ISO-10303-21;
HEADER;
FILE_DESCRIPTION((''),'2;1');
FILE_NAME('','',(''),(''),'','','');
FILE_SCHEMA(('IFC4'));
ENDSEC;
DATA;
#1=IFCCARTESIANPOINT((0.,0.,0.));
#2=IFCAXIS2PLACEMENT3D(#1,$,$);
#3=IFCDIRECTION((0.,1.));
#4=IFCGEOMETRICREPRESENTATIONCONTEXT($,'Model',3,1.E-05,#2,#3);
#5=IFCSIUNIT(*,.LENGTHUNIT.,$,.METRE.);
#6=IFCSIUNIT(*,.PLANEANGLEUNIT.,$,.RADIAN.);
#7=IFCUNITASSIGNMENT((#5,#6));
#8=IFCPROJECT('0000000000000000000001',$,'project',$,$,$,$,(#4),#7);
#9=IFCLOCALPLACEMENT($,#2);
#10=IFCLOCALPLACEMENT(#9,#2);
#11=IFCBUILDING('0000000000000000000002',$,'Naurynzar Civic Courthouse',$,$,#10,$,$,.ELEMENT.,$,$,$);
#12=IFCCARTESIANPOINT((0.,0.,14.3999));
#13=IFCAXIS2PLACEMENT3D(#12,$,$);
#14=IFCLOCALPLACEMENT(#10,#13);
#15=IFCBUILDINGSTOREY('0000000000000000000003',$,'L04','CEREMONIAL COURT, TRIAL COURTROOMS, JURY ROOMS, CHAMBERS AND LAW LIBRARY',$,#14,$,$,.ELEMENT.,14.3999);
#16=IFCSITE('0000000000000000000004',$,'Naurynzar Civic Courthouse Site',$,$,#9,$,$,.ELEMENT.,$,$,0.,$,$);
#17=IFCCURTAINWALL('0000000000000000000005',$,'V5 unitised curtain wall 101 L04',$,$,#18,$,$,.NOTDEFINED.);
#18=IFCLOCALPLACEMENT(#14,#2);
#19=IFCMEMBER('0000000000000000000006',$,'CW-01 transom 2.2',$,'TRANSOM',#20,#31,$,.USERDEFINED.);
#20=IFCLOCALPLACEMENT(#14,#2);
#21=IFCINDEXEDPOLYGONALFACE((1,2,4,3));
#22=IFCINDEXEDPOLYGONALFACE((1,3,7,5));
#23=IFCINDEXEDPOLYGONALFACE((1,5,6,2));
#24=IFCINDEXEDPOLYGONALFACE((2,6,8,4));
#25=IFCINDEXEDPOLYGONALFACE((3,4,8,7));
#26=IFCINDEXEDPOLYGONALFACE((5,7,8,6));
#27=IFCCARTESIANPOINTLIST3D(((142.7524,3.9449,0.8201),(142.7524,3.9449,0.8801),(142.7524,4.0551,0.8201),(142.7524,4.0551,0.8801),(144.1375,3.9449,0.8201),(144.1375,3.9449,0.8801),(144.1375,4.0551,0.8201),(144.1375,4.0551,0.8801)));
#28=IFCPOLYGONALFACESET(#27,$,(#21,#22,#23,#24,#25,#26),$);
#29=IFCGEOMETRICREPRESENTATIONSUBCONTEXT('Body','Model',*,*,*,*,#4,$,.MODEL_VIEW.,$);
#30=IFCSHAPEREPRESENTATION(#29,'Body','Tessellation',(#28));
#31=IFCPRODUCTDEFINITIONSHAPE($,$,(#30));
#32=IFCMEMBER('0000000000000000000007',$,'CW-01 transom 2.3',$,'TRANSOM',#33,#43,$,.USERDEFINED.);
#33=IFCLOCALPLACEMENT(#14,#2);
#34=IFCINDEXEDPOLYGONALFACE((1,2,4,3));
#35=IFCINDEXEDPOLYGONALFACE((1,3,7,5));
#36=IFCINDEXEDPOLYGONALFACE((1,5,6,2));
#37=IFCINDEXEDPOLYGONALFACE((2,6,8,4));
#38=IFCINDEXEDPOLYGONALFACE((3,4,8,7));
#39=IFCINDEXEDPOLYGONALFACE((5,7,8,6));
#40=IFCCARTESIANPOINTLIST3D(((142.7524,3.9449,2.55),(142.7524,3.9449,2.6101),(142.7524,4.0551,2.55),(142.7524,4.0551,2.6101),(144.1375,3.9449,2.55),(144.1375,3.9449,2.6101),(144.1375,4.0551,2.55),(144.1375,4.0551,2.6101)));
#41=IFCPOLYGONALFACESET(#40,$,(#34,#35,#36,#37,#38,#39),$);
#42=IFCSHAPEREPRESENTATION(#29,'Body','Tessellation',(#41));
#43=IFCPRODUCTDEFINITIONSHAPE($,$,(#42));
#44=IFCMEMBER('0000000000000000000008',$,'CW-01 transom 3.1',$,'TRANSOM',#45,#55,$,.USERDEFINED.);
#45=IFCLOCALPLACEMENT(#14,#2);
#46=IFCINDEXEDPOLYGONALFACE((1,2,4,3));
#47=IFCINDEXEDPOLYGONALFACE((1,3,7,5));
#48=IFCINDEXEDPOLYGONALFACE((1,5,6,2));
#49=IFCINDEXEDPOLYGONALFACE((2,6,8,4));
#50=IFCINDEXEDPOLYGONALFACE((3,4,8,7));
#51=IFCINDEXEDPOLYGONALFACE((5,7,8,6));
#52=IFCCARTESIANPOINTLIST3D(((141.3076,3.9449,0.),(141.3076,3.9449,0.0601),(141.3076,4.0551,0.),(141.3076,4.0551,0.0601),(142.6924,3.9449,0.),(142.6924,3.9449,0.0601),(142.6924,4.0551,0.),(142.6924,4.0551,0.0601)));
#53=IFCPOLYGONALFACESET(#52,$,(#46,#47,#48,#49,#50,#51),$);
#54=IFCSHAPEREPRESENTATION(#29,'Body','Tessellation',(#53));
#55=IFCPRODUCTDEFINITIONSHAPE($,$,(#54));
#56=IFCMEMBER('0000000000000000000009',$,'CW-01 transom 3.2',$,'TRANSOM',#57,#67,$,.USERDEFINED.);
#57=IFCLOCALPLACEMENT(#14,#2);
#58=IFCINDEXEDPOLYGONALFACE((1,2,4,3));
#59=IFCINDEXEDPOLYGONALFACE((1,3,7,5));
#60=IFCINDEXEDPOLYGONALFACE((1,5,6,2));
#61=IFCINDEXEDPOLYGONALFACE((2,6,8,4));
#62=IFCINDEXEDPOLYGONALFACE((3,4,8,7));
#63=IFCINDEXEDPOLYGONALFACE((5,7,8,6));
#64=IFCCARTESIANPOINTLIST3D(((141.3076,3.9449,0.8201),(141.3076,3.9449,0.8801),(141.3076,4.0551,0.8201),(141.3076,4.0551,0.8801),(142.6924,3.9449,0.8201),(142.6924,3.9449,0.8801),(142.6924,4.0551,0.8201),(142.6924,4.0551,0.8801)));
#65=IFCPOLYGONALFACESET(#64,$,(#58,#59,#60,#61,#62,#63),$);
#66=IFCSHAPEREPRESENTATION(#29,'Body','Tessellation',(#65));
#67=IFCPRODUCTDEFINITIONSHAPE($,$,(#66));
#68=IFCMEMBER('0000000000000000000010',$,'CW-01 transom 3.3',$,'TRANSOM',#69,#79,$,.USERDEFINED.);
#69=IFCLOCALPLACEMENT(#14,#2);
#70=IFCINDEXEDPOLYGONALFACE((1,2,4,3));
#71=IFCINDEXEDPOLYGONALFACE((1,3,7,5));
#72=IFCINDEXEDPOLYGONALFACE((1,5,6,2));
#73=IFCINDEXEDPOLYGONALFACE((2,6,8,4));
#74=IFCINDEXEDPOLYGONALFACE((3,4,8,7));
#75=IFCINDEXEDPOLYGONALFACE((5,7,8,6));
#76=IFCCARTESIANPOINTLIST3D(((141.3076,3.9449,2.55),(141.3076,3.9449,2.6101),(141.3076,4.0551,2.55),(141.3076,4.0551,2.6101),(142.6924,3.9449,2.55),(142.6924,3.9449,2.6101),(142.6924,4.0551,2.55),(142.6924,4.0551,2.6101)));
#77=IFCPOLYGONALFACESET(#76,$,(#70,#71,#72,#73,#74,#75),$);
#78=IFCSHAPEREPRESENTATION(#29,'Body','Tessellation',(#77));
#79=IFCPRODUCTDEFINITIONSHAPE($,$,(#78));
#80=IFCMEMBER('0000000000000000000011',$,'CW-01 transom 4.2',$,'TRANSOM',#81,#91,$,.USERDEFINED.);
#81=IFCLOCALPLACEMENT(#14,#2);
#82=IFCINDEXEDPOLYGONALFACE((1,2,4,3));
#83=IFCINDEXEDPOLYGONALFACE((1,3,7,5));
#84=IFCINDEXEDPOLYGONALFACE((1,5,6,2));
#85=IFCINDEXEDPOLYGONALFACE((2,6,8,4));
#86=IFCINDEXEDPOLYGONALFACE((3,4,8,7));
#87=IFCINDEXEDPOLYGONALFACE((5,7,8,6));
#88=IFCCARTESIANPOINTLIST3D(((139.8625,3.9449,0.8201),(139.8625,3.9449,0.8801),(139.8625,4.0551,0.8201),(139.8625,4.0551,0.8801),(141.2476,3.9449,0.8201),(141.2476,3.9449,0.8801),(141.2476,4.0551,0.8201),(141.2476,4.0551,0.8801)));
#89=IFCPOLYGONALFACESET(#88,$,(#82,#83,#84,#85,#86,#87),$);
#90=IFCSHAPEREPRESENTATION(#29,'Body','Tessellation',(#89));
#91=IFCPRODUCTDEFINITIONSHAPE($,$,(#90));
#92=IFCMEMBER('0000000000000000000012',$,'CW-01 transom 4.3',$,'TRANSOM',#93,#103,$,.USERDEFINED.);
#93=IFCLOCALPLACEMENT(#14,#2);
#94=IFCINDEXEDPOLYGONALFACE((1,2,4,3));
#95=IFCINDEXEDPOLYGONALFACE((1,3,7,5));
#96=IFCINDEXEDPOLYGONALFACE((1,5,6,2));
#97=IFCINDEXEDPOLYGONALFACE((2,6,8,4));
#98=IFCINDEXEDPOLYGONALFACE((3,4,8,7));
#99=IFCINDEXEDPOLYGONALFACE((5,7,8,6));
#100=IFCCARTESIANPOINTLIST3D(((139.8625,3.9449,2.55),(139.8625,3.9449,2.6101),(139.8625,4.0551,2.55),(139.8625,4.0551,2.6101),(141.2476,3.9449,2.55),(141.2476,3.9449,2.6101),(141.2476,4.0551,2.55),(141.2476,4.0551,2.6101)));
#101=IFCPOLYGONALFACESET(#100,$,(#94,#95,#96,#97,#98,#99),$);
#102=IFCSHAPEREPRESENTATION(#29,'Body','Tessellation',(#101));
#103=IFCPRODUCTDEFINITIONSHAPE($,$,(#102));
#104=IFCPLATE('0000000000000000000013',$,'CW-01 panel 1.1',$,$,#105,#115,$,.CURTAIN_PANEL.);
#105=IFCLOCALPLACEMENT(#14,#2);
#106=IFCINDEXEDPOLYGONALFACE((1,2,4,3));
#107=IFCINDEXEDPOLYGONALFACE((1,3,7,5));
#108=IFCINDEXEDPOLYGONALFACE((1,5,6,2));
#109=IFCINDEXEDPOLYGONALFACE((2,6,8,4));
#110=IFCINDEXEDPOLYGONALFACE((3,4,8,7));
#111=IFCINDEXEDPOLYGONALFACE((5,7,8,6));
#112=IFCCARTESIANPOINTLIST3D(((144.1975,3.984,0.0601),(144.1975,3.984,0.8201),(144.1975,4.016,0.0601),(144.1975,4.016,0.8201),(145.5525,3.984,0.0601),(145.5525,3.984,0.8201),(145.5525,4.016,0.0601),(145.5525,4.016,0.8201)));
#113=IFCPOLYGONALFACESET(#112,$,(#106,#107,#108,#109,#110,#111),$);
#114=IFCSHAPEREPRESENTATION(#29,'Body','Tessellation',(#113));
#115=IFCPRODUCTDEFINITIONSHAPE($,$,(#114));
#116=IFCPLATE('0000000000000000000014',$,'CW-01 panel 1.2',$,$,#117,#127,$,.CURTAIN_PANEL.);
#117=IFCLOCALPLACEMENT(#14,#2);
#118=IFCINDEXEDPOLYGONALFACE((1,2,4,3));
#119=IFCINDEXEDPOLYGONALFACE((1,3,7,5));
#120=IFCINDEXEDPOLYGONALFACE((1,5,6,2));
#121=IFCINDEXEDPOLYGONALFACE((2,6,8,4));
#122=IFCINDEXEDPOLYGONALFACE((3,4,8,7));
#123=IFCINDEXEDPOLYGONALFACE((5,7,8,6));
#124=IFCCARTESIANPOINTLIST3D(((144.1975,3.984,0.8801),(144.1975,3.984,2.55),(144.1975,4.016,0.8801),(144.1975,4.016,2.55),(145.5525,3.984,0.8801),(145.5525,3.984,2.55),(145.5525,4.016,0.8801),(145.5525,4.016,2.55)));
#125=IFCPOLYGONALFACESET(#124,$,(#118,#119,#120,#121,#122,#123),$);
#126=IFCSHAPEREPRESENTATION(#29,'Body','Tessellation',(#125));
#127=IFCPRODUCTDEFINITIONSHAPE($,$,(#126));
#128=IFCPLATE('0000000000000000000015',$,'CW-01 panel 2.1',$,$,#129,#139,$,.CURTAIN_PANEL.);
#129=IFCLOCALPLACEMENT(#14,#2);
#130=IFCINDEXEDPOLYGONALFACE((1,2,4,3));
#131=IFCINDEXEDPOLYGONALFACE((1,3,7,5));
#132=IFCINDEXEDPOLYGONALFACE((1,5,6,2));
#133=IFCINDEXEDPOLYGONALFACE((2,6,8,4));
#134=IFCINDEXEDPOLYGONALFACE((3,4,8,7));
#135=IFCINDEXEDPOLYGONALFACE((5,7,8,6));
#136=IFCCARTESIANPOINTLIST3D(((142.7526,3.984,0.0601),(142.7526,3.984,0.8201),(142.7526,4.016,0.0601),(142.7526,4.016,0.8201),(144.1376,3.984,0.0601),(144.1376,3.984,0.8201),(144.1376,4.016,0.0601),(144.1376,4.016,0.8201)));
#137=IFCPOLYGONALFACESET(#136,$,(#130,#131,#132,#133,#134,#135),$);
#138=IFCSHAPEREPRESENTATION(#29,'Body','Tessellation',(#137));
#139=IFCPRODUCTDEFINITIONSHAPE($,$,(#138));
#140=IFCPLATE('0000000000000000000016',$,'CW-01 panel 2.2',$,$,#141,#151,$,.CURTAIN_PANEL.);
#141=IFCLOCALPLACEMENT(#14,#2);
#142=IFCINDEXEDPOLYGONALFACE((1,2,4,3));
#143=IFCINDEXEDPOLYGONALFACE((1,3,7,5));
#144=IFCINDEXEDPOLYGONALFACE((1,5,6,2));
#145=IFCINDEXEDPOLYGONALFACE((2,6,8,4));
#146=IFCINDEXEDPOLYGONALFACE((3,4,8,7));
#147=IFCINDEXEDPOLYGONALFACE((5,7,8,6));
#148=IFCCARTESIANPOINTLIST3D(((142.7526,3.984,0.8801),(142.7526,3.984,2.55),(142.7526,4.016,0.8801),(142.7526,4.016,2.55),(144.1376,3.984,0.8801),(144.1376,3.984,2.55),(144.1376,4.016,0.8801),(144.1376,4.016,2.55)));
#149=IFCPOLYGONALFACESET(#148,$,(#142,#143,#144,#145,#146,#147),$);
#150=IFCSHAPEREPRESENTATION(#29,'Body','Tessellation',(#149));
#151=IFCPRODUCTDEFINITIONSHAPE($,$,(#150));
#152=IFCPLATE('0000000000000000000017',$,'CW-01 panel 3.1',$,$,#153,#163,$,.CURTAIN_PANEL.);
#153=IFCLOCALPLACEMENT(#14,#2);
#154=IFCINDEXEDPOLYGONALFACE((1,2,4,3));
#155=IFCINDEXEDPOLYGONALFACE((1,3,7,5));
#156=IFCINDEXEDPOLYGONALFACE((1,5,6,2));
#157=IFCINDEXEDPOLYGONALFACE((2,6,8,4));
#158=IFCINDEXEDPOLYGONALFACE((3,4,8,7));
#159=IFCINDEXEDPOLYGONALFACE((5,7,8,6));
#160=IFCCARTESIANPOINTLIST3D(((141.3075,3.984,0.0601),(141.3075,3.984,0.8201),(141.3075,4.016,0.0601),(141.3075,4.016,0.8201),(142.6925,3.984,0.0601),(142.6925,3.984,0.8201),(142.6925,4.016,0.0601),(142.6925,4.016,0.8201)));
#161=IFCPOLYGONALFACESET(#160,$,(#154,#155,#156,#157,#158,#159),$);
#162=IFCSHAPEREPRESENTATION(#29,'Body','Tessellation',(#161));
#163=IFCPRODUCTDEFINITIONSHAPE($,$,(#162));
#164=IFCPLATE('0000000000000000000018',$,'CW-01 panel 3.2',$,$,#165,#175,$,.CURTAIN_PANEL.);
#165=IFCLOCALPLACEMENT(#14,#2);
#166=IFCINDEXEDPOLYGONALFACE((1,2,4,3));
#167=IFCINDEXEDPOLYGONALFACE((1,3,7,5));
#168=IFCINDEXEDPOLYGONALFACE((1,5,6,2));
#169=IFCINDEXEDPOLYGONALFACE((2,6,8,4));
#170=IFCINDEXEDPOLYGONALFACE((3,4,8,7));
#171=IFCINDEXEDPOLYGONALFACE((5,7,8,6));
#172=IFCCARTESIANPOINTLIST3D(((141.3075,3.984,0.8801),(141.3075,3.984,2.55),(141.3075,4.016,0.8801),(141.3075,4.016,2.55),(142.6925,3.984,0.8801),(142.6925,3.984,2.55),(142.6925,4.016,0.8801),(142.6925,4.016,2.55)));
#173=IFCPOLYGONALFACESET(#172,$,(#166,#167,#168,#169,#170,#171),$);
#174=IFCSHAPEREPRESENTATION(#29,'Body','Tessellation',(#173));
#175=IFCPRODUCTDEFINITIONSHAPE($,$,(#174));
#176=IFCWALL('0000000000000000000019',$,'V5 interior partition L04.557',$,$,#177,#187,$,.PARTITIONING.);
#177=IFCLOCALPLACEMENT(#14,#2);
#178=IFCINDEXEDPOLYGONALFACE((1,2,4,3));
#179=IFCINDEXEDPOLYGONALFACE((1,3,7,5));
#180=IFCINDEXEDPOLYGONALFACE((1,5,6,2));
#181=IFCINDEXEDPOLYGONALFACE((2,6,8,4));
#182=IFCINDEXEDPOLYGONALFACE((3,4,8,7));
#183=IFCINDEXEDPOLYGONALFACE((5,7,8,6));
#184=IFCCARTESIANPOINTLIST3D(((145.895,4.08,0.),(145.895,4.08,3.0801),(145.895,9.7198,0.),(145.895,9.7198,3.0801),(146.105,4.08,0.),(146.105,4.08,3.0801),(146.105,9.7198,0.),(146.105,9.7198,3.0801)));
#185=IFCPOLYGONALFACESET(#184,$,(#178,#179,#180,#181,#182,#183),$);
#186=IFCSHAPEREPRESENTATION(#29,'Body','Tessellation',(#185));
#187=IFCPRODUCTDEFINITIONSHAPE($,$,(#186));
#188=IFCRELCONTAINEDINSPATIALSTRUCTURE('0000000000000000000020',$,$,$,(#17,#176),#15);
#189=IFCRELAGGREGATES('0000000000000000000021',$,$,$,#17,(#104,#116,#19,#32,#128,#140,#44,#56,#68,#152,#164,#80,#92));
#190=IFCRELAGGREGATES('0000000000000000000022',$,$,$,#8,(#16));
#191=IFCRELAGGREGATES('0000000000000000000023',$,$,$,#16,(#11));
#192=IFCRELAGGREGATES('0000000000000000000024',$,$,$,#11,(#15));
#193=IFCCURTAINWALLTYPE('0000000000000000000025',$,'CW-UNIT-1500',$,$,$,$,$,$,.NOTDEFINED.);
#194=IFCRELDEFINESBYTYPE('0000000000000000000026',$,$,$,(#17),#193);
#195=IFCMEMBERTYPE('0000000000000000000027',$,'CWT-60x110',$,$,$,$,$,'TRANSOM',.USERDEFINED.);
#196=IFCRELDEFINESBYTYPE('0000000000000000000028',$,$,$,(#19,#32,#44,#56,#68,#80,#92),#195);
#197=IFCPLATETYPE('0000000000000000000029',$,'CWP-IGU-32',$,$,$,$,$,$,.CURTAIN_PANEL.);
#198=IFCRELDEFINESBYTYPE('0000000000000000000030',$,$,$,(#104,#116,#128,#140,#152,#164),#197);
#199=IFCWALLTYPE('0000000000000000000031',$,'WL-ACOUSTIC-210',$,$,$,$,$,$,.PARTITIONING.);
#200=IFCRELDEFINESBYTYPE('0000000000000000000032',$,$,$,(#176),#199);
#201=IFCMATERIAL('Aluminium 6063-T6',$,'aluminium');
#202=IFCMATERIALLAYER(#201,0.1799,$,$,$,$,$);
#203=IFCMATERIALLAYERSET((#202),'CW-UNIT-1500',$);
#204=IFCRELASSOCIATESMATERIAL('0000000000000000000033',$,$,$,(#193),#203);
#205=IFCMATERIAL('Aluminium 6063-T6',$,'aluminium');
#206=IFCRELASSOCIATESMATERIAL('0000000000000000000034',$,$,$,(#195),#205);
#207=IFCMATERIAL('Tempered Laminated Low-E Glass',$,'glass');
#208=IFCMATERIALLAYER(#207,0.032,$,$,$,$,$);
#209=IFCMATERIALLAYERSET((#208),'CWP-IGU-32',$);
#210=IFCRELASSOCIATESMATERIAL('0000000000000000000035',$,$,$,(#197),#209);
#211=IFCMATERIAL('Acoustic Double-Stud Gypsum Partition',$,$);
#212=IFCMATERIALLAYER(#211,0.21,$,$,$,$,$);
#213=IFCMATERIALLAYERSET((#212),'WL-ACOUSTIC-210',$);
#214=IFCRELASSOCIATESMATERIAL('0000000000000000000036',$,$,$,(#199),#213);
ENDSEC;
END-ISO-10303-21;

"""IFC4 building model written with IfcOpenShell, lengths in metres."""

from ifc_helpers import new_model, si_unit, direction, frame, frame_2d, origin, origin_2d, place, context, subcontext, project, spatial, rectangle, extrude, material, layer, layer_set, material_profile, profile_set, type_object, element, aggregate, save


model = new_model("IFC4")

# Units and contexts
model_context = context("Model", 3, precision=1e-05, world=origin(), true_north=direction((0.0, 1.0)))
body_context = subcontext(model_context, "Body", "Model", "MODEL_VIEW")
ifc_project = project(units=[si_unit("LENGTHUNIT", "METRE"), si_unit("PLANEANGLEUNIT", "RADIAN")], contexts=[model_context])

# Site, building, storey
site_placement = place(None, origin())
site = spatial("IfcSite", under=ifc_project, at=site_placement, Name="Naurynzar Civic Courthouse Site", CompositionType="ELEMENT", RefElevation=0.0)
building_placement = place(site_placement, origin())
building = spatial("IfcBuilding", under=site, at=building_placement, Name="Naurynzar Civic Courthouse", CompositionType="ELEMENT")
storey_placement = place(building_placement, frame((0.0, 0.0, 14.3999)))
storey = spatial("IfcBuildingStorey", under=building, at=storey_placement, Name="L04", Description="CEREMONIAL COURT, TRIAL COURTROOMS, JURY ROOMS, CHAMBERS AND LAW LIBRARY", CompositionType="ELEMENT", Elevation=14.3999)

# Curtain wall, members, plates
ifc_material_1 = material(Name="Aluminium 6063-T6", Category="aluminium")
ifc_layer_1 = layer(ifc_material_1, 0.1799)
ifc_layer_set_1 = layer_set([ifc_layer_1], Name="CW-UNIT-1500")
curtain_wall_type = type_object("IfcCurtainWallType", Name="CW-UNIT-1500", PredefinedType="NOTDEFINED", material=ifc_layer_set_1)
curtain_wall_placement = place(storey_placement, origin())
curtain_wall = element("IfcCurtainWall", 1, at=curtain_wall_placement, inside=storey, type_object=curtain_wall_type, Name="V5 unitised curtain wall 101 L04", PredefinedType="NOTDEFINED")
ifc_material_2 = material(Name="Aluminium 6063-T6", Category="aluminium")
ifc_material_profile_1 = material_profile(ifc_material_2, rectangle(XDim=0.1101, YDim=0.0601, at=origin_2d()), Name="ALU TRANSOM 60x110")
ifc_profile_set_1 = profile_set([ifc_material_profile_1], Name="Aluminium 6063-T6")
member_type_1 = type_object("IfcMemberType", Name="CWT-60x110", ElementType="TRANSOM", PredefinedType="USERDEFINED", material=ifc_profile_set_1)
member_1_placement = place(storey_placement, frame((144.1375, 4.0, 0.8501), z_axis=(-1.0, 0.0, 0.0), x_axis=(0.0, -1.0, 0.0)))
member_1 = element("IfcMember", 2, at=member_1_placement, type_object=member_type_1, Name="CW-01 transom 2.2", ObjectType="TRANSOM", PredefinedType="USERDEFINED", context=body_context, shape_type="SweptSolid", body=[
    extrude(rectangle(XDim=0.1101, YDim=0.0601, at=origin_2d()), origin(), (0.0, 0.0, 1.0), 1.385),
])
member_2_placement = place(storey_placement, frame((144.1375, 4.0, 2.5801), z_axis=(-1.0, 0.0, 0.0), x_axis=(0.0, -1.0, 0.0)))
member_2 = element("IfcMember", 3, at=member_2_placement, type_object=member_type_1, Name="CW-01 transom 2.3", ObjectType="TRANSOM", PredefinedType="USERDEFINED", context=body_context, shape_type="SweptSolid", body=[
    extrude(rectangle(XDim=0.1101, YDim=0.0601, at=origin_2d()), origin(), (0.0, 0.0, 1.0), 1.385),
])
member_3_placement = place(storey_placement, frame((142.6924, 4.0, 0.03), z_axis=(-1.0, 0.0, 0.0), x_axis=(0.0, -1.0, 0.0)))
member_3 = element("IfcMember", 4, at=member_3_placement, type_object=member_type_1, Name="CW-01 transom 3.1", ObjectType="TRANSOM", PredefinedType="USERDEFINED", context=body_context, shape_type="SweptSolid", body=[
    extrude(rectangle(XDim=0.1101, YDim=0.0601, at=origin_2d()), origin(), (0.0, 0.0, 1.0), 1.3848),
])
member_4_placement = place(storey_placement, frame((142.6924, 4.0, 0.8501), z_axis=(-1.0, 0.0, 0.0), x_axis=(0.0, -1.0, 0.0)))
member_4 = element("IfcMember", 5, at=member_4_placement, type_object=member_type_1, Name="CW-01 transom 3.2", ObjectType="TRANSOM", PredefinedType="USERDEFINED", context=body_context, shape_type="SweptSolid", body=[
    extrude(rectangle(XDim=0.1101, YDim=0.0601, at=origin_2d()), origin(), (0.0, 0.0, 1.0), 1.3848),
])
member_5_placement = place(storey_placement, frame((142.6924, 4.0, 2.5801), z_axis=(-1.0, 0.0, 0.0), x_axis=(0.0, -1.0, 0.0)))
member_5 = element("IfcMember", 6, at=member_5_placement, type_object=member_type_1, Name="CW-01 transom 3.3", ObjectType="TRANSOM", PredefinedType="USERDEFINED", context=body_context, shape_type="SweptSolid", body=[
    extrude(rectangle(XDim=0.1101, YDim=0.0601, at=origin_2d()), origin(), (0.0, 0.0, 1.0), 1.3848),
])
member_6_placement = place(storey_placement, frame((141.2476, 4.0, 0.8501), z_axis=(-1.0, 0.0, 0.0), x_axis=(0.0, -1.0, 0.0)))
member_6 = element("IfcMember", 7, at=member_6_placement, type_object=member_type_1, Name="CW-01 transom 4.2", ObjectType="TRANSOM", PredefinedType="USERDEFINED", context=body_context, shape_type="SweptSolid", body=[
    extrude(rectangle(XDim=0.1101, YDim=0.0601, at=origin_2d()), origin(), (0.0, 0.0, 1.0), 1.385),
])
member_7_placement = place(storey_placement, frame((141.2476, 4.0, 2.5801), z_axis=(-1.0, 0.0, 0.0), x_axis=(0.0, -1.0, 0.0)))
member_7 = element("IfcMember", 8, at=member_7_placement, type_object=member_type_1, Name="CW-01 transom 4.3", ObjectType="TRANSOM", PredefinedType="USERDEFINED", context=body_context, shape_type="SweptSolid", body=[
    extrude(rectangle(XDim=0.1101, YDim=0.0601, at=origin_2d()), origin(), (0.0, 0.0, 1.0), 1.385),
])
ifc_material_3 = material(Name="Tempered Laminated Low-E Glass", Category="glass")
ifc_layer_2 = layer(ifc_material_3, 0.032)
ifc_layer_set_2 = layer_set([ifc_layer_2], Name="CWP-IGU-32")
plate_type = type_object("IfcPlateType", Name="CWP-IGU-32", PredefinedType="CURTAIN_PANEL", material=ifc_layer_set_2)
plate_1_placement = place(storey_placement, frame((144.875, 4.0, 0.0601), z_axis=(0.0, 0.0, 1.0), x_axis=(-1.0, 0.0, 0.0)))
plate_1 = element("IfcPlate", 9, at=plate_1_placement, type_object=plate_type, Name="CW-01 panel 1.1", PredefinedType="CURTAIN_PANEL", context=body_context, shape_type="SweptSolid", body=[
    extrude(rectangle(XDim=1.355, YDim=0.032, at=origin_2d()), origin(), (0.0, 0.0, 1.0), 0.76),
])
plate_2_placement = place(storey_placement, frame((144.875, 4.0, 0.8801), z_axis=(0.0, 0.0, 1.0), x_axis=(-1.0, 0.0, 0.0)))
plate_2 = element("IfcPlate", 10, at=plate_2_placement, type_object=plate_type, Name="CW-01 panel 1.2", PredefinedType="CURTAIN_PANEL", context=body_context, shape_type="SweptSolid", body=[
    extrude(rectangle(XDim=1.355, YDim=0.032, at=origin_2d()), origin(), (0.0, 0.0, 1.0), 1.6699),
])
plate_3_placement = place(storey_placement, frame((143.4451, 4.0, 0.0601), z_axis=(0.0, 0.0, 1.0), x_axis=(-1.0, 0.0, 0.0)))
plate_3 = element("IfcPlate", 11, at=plate_3_placement, type_object=plate_type, Name="CW-01 panel 2.1", PredefinedType="CURTAIN_PANEL", context=body_context, shape_type="SweptSolid", body=[
    extrude(rectangle(XDim=1.385, YDim=0.032, at=origin_2d()), origin(), (0.0, 0.0, 1.0), 0.76),
])
plate_4_placement = place(storey_placement, frame((143.4451, 4.0, 0.8801), z_axis=(0.0, 0.0, 1.0), x_axis=(-1.0, 0.0, 0.0)))
plate_4 = element("IfcPlate", 12, at=plate_4_placement, type_object=plate_type, Name="CW-01 panel 2.2", PredefinedType="CURTAIN_PANEL", context=body_context, shape_type="SweptSolid", body=[
    extrude(rectangle(XDim=1.385, YDim=0.032, at=origin_2d()), origin(), (0.0, 0.0, 1.0), 1.6699),
])
plate_5_placement = place(storey_placement, frame((142.0, 4.0, 0.0601), z_axis=(0.0, 0.0, 1.0), x_axis=(-1.0, 0.0, 0.0)))
plate_5 = element("IfcPlate", 13, at=plate_5_placement, type_object=plate_type, Name="CW-01 panel 3.1", PredefinedType="CURTAIN_PANEL", context=body_context, shape_type="SweptSolid", body=[
    extrude(rectangle(XDim=1.385, YDim=0.032, at=origin_2d()), origin(), (0.0, 0.0, 1.0), 0.76),
])
plate_6_placement = place(storey_placement, frame((142.0, 4.0, 0.8801), z_axis=(0.0, 0.0, 1.0), x_axis=(-1.0, 0.0, 0.0)))
plate_6 = element("IfcPlate", 14, at=plate_6_placement, type_object=plate_type, Name="CW-01 panel 3.2", PredefinedType="CURTAIN_PANEL", context=body_context, shape_type="SweptSolid", body=[
    extrude(rectangle(XDim=1.385, YDim=0.032, at=origin_2d()), origin(), (0.0, 0.0, 1.0), 1.6699),
])
aggregate(curtain_wall, [plate_1, plate_2, member_1, member_2, plate_3, plate_4, member_3, member_4, member_5, plate_5, plate_6, member_6, member_7])

# Wall
ifc_material_4 = material(Name="Acoustic Double-Stud Gypsum Partition")
ifc_layer_3 = layer(ifc_material_4, 0.21)
ifc_layer_set_3 = layer_set([ifc_layer_3], Name="WL-ACOUSTIC-210")
wall_type_1 = type_object("IfcWallType", Name="WL-ACOUSTIC-210", PredefinedType="PARTITIONING", material=ifc_layer_set_3)
wall_1_placement = place(storey_placement, frame((146.0, 4.0801, 0.0), z_axis=(0.0, 0.0, 1.0), x_axis=(0.0, 1.0, 0.0)))
element("IfcWall", 15, at=wall_1_placement, inside=storey, type_object=wall_type_1, Name="V5 interior partition L04.557", PredefinedType="PARTITIONING", context=body_context, shape_type="SweptSolid", body=[
    extrude(rectangle(XDim=5.6399, YDim=0.21, at=frame_2d((2.8198, 0.0))), origin(), (0.0, 0.0, 1.0), 3.0801),
])

save(model, "model.ifc")
